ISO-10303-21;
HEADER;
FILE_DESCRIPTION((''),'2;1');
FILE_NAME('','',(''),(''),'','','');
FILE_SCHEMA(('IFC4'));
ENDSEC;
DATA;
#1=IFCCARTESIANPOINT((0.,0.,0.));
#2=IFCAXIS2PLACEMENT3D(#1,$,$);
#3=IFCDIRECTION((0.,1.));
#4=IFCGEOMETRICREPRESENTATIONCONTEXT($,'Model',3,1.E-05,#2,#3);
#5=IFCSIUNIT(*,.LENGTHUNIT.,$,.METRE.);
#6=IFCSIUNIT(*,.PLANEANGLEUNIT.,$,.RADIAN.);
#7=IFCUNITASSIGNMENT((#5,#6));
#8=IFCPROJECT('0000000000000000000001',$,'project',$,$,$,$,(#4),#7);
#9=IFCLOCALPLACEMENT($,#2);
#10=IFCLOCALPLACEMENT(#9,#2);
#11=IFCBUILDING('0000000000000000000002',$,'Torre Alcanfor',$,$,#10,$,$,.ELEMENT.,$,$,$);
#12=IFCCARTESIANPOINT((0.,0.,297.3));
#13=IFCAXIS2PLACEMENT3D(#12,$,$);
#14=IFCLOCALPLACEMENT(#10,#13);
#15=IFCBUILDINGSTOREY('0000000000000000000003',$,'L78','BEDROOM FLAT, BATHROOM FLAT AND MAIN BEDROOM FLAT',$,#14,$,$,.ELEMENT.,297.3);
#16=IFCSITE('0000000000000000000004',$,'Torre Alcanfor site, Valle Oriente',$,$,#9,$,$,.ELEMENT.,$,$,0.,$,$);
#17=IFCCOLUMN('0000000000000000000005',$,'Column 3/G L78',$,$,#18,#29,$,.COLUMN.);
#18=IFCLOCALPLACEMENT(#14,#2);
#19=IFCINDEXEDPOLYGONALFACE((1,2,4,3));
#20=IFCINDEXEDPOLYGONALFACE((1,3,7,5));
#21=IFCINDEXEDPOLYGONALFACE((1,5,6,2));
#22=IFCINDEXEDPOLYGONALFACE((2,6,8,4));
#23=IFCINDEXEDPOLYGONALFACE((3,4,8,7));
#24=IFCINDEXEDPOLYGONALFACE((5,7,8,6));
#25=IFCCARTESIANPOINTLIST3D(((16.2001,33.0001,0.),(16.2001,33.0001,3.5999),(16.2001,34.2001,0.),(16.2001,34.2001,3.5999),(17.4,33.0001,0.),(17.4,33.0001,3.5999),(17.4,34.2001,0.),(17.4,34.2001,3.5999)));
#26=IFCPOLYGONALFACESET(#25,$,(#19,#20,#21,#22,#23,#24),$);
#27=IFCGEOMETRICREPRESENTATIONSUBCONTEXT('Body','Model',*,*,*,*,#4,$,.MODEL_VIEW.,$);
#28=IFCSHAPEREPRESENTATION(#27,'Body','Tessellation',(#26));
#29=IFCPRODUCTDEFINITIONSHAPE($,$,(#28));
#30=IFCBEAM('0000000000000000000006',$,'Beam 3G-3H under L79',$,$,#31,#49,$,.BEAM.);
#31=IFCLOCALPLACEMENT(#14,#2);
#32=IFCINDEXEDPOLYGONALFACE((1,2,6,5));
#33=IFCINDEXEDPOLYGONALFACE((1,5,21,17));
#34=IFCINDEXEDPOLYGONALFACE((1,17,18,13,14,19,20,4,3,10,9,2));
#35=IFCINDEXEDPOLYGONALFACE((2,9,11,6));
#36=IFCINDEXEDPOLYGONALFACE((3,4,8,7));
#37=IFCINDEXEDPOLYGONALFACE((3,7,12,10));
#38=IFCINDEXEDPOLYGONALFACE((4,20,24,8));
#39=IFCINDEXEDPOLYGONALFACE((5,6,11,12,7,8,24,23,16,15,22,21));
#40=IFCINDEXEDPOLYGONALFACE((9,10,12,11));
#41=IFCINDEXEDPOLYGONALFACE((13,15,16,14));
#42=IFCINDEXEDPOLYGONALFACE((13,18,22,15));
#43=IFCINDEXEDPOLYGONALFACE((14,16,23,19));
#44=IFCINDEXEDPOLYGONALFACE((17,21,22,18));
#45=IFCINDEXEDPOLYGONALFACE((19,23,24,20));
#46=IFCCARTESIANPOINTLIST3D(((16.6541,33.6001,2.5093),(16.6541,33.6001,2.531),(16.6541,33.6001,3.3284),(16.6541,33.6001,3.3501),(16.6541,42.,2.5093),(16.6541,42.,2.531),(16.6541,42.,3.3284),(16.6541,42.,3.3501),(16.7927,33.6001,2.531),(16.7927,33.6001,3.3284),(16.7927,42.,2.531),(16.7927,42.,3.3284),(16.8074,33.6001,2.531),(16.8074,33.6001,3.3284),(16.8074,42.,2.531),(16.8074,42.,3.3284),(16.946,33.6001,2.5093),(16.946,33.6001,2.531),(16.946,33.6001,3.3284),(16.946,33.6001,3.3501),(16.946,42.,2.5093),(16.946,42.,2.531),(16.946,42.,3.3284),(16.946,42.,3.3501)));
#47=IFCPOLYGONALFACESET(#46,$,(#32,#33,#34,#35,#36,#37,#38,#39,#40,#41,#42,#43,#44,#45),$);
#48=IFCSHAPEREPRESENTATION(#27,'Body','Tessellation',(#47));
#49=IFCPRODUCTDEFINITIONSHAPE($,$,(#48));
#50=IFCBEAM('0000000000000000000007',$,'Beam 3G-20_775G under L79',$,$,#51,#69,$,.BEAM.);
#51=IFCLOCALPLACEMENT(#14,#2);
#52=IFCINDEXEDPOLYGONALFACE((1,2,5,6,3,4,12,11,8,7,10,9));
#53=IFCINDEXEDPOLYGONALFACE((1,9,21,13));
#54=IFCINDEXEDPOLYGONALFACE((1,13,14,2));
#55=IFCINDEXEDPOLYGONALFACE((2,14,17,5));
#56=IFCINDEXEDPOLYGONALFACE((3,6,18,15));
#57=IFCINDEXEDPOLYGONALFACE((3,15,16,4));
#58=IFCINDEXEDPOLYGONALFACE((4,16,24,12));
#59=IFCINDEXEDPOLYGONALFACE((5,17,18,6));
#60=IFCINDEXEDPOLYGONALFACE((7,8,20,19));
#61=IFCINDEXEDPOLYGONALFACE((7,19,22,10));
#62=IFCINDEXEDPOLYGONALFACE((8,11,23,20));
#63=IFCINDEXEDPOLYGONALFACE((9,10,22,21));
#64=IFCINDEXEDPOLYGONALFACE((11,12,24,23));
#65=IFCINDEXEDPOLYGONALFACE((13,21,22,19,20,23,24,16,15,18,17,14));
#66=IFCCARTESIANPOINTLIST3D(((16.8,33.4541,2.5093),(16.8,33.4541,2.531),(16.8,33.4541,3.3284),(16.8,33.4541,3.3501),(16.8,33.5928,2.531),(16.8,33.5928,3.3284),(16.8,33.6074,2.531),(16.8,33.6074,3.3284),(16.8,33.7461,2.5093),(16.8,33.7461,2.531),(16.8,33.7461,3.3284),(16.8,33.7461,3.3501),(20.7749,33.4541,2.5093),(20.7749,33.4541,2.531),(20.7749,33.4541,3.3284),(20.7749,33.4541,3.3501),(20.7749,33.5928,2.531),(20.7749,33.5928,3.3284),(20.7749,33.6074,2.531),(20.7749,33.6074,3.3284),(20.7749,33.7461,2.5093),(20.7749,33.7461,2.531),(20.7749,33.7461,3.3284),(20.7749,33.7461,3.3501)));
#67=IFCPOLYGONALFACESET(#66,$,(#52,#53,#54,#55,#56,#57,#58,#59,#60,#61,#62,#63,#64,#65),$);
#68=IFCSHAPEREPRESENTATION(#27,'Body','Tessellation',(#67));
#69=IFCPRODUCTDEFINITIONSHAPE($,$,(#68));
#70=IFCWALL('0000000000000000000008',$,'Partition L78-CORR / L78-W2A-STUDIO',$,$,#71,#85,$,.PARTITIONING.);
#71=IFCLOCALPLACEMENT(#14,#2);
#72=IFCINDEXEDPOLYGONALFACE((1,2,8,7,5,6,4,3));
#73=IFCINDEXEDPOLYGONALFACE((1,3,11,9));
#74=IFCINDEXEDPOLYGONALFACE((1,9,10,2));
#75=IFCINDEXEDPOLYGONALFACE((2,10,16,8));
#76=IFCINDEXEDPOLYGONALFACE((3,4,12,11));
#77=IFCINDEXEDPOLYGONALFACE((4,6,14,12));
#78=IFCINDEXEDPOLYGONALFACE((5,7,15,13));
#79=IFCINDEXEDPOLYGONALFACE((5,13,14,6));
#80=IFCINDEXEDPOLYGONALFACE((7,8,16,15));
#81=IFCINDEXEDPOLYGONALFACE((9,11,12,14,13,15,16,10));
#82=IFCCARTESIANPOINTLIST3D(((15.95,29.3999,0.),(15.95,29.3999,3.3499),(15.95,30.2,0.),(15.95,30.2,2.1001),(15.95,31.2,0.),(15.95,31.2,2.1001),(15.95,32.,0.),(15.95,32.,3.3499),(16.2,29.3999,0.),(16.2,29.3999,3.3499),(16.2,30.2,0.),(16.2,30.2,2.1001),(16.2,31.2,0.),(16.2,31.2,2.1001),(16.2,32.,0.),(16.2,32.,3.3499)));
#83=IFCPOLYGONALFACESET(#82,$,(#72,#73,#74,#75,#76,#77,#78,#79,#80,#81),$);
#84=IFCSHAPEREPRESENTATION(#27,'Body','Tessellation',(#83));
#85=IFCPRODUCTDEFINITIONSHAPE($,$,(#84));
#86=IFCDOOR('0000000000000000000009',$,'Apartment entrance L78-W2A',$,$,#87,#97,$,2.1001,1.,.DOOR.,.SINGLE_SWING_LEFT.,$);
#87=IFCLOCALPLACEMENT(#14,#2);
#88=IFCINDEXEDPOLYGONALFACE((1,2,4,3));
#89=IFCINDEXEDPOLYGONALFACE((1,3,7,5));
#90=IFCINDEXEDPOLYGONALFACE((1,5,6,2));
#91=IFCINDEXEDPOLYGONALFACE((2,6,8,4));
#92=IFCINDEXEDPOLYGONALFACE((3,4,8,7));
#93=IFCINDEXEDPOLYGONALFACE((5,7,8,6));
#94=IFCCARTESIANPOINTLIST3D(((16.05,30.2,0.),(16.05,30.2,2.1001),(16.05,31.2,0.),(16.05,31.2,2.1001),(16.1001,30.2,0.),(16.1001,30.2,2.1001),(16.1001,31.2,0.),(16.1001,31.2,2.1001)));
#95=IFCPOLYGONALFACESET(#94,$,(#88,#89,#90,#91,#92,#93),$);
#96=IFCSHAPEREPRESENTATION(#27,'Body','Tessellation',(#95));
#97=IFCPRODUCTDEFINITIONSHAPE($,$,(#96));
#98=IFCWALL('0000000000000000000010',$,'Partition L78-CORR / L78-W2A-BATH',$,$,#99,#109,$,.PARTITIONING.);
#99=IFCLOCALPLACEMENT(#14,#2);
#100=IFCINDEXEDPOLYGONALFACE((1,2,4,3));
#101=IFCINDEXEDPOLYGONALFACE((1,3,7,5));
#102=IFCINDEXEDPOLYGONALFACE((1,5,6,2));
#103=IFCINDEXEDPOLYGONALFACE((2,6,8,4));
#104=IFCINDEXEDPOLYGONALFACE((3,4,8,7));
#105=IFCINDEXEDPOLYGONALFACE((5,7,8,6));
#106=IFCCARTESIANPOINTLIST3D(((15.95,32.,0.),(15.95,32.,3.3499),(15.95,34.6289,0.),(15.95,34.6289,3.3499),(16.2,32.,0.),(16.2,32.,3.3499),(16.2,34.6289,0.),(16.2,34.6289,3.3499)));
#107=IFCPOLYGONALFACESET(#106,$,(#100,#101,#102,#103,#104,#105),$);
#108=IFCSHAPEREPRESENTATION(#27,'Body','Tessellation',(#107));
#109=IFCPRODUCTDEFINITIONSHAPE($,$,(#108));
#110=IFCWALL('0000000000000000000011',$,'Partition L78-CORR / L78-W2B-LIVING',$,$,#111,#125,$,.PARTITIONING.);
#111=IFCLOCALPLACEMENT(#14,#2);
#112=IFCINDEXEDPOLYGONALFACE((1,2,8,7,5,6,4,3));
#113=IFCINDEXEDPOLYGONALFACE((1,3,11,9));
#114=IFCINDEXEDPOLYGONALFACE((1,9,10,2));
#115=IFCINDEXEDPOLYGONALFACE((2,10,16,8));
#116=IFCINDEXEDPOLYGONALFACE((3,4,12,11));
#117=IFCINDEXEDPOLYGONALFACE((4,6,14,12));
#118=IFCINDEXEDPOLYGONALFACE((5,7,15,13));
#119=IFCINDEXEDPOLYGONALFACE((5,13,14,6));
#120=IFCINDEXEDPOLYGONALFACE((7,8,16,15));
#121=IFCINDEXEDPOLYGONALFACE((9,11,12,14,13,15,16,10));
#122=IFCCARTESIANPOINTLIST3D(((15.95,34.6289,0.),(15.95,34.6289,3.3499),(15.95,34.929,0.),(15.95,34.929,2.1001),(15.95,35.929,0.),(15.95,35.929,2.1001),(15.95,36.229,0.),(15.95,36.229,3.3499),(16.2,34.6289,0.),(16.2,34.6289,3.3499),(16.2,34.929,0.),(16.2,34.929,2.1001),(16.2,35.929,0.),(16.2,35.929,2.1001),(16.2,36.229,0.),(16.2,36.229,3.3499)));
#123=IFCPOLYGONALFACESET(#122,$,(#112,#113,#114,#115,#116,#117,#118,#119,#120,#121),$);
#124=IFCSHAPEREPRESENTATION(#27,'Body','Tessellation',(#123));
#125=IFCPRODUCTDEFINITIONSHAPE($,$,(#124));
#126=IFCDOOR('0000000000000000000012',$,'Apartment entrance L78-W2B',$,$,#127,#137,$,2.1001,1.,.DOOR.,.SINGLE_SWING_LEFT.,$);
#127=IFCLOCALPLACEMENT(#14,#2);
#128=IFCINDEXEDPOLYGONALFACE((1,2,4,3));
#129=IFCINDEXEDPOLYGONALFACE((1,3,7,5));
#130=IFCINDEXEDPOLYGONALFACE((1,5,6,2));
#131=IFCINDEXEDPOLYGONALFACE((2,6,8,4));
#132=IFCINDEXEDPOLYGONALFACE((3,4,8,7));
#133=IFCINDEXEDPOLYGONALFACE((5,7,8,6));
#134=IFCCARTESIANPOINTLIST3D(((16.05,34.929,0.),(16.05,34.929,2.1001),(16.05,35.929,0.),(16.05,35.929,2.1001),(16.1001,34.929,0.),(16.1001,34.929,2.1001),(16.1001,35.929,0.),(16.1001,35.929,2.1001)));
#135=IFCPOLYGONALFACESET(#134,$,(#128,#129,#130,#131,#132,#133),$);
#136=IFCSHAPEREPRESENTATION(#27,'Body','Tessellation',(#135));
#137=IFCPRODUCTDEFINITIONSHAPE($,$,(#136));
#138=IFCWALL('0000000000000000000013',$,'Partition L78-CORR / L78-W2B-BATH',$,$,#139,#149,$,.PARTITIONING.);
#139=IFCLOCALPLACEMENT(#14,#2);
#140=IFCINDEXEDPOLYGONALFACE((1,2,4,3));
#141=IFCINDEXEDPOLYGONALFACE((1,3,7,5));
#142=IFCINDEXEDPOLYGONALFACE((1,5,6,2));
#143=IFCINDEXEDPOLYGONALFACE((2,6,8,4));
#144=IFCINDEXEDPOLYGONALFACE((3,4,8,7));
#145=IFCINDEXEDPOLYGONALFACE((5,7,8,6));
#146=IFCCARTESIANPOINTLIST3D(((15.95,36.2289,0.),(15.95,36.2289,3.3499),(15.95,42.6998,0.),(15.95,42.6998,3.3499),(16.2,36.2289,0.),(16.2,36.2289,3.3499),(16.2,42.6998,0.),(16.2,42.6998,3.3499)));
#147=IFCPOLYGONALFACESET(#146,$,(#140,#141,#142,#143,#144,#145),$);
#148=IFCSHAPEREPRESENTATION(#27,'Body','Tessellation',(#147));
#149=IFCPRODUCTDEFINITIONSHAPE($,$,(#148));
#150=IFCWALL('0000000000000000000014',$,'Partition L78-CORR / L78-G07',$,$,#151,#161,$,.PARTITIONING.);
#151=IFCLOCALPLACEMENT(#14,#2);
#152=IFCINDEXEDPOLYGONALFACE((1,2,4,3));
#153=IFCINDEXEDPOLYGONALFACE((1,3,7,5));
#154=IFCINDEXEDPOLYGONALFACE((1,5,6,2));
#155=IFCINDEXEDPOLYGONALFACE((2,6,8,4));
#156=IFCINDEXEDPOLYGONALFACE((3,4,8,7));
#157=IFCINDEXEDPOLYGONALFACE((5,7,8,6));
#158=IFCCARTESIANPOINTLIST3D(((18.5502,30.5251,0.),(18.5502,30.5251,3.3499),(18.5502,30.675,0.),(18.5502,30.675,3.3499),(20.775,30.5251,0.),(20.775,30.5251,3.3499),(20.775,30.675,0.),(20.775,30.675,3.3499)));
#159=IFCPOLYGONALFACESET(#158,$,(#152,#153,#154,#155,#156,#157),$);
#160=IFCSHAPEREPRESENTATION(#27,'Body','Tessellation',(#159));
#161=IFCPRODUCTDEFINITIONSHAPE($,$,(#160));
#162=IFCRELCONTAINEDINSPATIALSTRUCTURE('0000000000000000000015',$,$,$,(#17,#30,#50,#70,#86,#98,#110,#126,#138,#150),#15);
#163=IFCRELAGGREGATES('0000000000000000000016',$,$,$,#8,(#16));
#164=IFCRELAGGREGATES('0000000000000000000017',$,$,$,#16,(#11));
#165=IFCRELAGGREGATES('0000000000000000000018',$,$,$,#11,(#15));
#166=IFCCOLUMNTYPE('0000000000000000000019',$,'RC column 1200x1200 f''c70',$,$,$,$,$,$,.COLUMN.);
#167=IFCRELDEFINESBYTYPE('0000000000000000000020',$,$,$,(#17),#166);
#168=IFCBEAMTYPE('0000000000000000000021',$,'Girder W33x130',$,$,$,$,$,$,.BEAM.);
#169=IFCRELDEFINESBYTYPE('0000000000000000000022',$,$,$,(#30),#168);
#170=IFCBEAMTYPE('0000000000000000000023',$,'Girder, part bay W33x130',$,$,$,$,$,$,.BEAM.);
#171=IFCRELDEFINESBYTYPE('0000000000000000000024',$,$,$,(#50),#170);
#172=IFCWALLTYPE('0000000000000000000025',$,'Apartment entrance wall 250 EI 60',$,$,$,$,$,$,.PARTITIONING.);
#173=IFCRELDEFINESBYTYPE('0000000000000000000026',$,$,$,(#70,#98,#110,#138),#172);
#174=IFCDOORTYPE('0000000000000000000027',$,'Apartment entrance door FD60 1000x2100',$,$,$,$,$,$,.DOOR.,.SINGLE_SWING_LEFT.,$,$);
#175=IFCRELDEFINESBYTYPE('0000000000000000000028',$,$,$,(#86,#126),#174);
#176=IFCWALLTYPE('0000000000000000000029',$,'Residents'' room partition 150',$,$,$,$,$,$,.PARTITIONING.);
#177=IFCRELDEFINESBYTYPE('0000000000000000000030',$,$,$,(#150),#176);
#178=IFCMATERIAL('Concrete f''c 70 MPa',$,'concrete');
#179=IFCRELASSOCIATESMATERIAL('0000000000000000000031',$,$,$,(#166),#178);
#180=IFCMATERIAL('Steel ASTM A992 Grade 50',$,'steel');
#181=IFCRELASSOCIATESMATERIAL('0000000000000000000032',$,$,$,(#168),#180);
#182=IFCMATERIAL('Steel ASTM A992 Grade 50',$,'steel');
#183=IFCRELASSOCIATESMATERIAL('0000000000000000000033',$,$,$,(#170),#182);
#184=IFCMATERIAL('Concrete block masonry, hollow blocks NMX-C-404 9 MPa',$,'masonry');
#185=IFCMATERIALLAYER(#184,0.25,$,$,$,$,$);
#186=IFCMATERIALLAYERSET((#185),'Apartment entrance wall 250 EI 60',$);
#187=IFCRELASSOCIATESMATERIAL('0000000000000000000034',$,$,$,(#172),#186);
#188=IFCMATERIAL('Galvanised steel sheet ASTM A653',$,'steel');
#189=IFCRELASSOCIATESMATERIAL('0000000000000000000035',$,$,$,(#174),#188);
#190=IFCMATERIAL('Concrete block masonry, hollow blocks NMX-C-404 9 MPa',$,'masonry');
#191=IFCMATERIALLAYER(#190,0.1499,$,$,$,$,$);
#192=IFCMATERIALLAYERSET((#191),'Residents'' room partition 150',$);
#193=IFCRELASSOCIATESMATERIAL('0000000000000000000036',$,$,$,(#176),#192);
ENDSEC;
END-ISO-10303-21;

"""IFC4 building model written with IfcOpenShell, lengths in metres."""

from ifc_helpers import new_model, si_unit, direction, frame, frame_2d, origin, origin_2d, place, context, subcontext, project, spatial, rectangle, i_section, extrude, material, layer, layer_set, material_profile, profile_set, type_object, element, fill, save


model = new_model("IFC4")

# Units and contexts
model_context = context("Model", 3, precision=1e-05, world=origin(), true_north=direction((0.0, 1.0)))
body_context = subcontext(model_context, "Body", "Model", "MODEL_VIEW")
ifc_project = project(units=[si_unit("LENGTHUNIT", "METRE"), si_unit("PLANEANGLEUNIT", "RADIAN")], contexts=[model_context])

# Site, building, storey
site_placement = place(None, origin())
site = spatial("IfcSite", under=ifc_project, at=site_placement, Name="Torre Alcanfor site, Valle Oriente", CompositionType="ELEMENT", RefElevation=0.0)
building_placement = place(site_placement, origin())
building = spatial("IfcBuilding", under=site, at=building_placement, Name="Torre Alcanfor", CompositionType="ELEMENT")
storey_placement = place(building_placement, frame((0.0, 0.0, 297.3)))
storey = spatial("IfcBuildingStorey", under=building, at=storey_placement, Name="L78", Description="BEDROOM FLAT, BATHROOM FLAT AND MAIN BEDROOM FLAT", CompositionType="ELEMENT", Elevation=297.3)

# Column
ifc_material_1 = material(Name="Concrete f'c 70 MPa", Category="concrete")
ifc_material_profile_1 = material_profile(ifc_material_1, rectangle(XDim=1.2, YDim=1.2, at=origin_2d()), Name="1200x1200")
ifc_profile_set_1 = profile_set([ifc_material_profile_1], Name="Concrete f'c 70 MPa")
column_type = type_object("IfcColumnType", Name="RC column 1200x1200 f'c70", PredefinedType="COLUMN", material=ifc_profile_set_1)
column_placement = place(storey_placement, frame((16.8, 33.6001, 0.0), z_axis=(0.0, 0.0, 1.0), x_axis=(1.0, 0.0, 0.0)))
element("IfcColumn", 1, at=column_placement, inside=storey, type_object=column_type, Name="Column 3/G L78", PredefinedType="COLUMN", context=body_context, shape_type="SweptSolid", body=[
    extrude(rectangle(XDim=1.2, YDim=1.2, at=origin_2d()), origin(), (0.0, 0.0, 1.0), 3.5999),
])

# Beams
ifc_material_2 = material(Name="Steel ASTM A992 Grade 50", Category="steel")
ifc_material_profile_2 = material_profile(ifc_material_2, i_section(OverallWidth=0.292, OverallDepth=0.8408, WebThickness=0.0146, FlangeThickness=0.0217, at=origin_2d()), Name="W33x130")
ifc_profile_set_2 = profile_set([ifc_material_profile_2], Name="Steel ASTM A992 Grade 50")
beam_type_1 = type_object("IfcBeamType", Name="Girder W33x130", PredefinedType="BEAM", material=ifc_profile_set_2)
beam_1_placement = place(storey_placement, frame((16.8, 33.6001, 2.9297), z_axis=(0.0, 1.0, 0.0), x_axis=(-1.0, 0.0, 0.0)))
element("IfcBeam", 2, at=beam_1_placement, inside=storey, type_object=beam_type_1, Name="Beam 3G-3H under L79", PredefinedType="BEAM", context=body_context, shape_type="SweptSolid", body=[
    extrude(i_section(OverallWidth=0.292, OverallDepth=0.8408, WebThickness=0.0146, FlangeThickness=0.0217, at=origin_2d()), origin(), (0.0, 0.0, 1.0), 8.3999),
])
ifc_material_3 = material(Name="Steel ASTM A992 Grade 50", Category="steel")
ifc_material_profile_3 = material_profile(ifc_material_3, i_section(OverallWidth=0.292, OverallDepth=0.8408, WebThickness=0.0146, FlangeThickness=0.0217, at=origin_2d()), Name="W33x130")
ifc_profile_set_3 = profile_set([ifc_material_profile_3], Name="Steel ASTM A992 Grade 50")
beam_type_2 = type_object("IfcBeamType", Name="Girder, part bay W33x130", PredefinedType="BEAM", material=ifc_profile_set_3)
beam_2_placement = place(storey_placement, frame((16.8, 33.6001, 2.9297), z_axis=(1.0, 0.0, 0.0), x_axis=(0.0, 1.0, 0.0)))
element("IfcBeam", 3, at=beam_2_placement, inside=storey, type_object=beam_type_2, Name="Beam 3G-20_775G under L79", PredefinedType="BEAM", context=body_context, shape_type="SweptSolid", body=[
    extrude(i_section(OverallWidth=0.292, OverallDepth=0.8408, WebThickness=0.0146, FlangeThickness=0.0217, at=origin_2d()), origin(), (0.0, 0.0, 1.0), 3.9749),
])

# Wall, opening, door
ifc_material_4 = material(Name="Concrete block masonry, hollow blocks NMX-C-404 9 MPa", Category="masonry")
ifc_layer_1 = layer(ifc_material_4, 0.25)
ifc_layer_set_1 = layer_set([ifc_layer_1], Name="Apartment entrance wall 250 EI 60")
wall_type_1 = type_object("IfcWallType", Name="Apartment entrance wall 250 EI 60", PredefinedType="PARTITIONING", material=ifc_layer_set_1)
wall_1_placement = place(storey_placement, frame((16.075, 29.3999, 0.0), z_axis=(0.0, 0.0, 1.0), x_axis=(0.0, 1.0, 0.0)))
wall_1 = element("IfcWall", 4, at=wall_1_placement, inside=storey, type_object=wall_type_1, Name="Partition L78-CORR / L78-W2A-STUDIO", PredefinedType="PARTITIONING", context=body_context, shape_type="SweptSolid", body=[
    extrude(rectangle(XDim=2.6001, YDim=0.25, at=frame_2d((1.3, 0.0))), origin(), (0.0, 0.0, 1.0), 3.3499),
])
opening_1_placement = place(wall_1_placement, frame((0.8, 0.0, 0.0)))
opening_1 = element("IfcOpeningElement", 5, at=opening_1_placement, cuts=wall_1, PredefinedType="OPENING", context=body_context, shape_type="SweptSolid", body=[
    extrude(rectangle(XDim=1.0, YDim=2.1001, at=frame_2d((0.5, 1.05))), frame((0.0, 0.135, 0.0), z_axis=(0.0, -1.0, 0.0), x_axis=(1.0, 0.0, 0.0)), (0.0, 0.0, 1.0), 0.27),
])
ifc_material_5 = material(Name="Galvanised steel sheet ASTM A653", Category="steel")
door_type_1 = type_object("IfcDoorType", Name="Apartment entrance door FD60 1000x2100", OperationType="SINGLE_SWING_LEFT", PredefinedType="DOOR", material=ifc_material_5)
door_1_placement = place(opening_1_placement, origin())
door_1 = element("IfcDoor", 6, at=door_1_placement, inside=storey, type_object=door_type_1, Name="Apartment entrance L78-W2A", OperationType="SINGLE_SWING_LEFT", OverallHeight=2.1001, OverallWidth=1.0, PredefinedType="DOOR", context=body_context, shape_type="SweptSolid", body=[
    extrude(rectangle(XDim=1.0, YDim=2.1001, at=frame_2d((0.5, 1.05))), frame((0.0, 0.0249, 0.0), z_axis=(0.0, -1.0, 0.0), x_axis=(1.0, 0.0, 0.0)), (0.0, 0.0, 1.0), 0.05),
])
fill(opening_1, door_1)

# Wall
wall_2_placement = place(storey_placement, frame((16.075, 32.0, 0.0), z_axis=(0.0, 0.0, 1.0), x_axis=(0.0, 1.0, 0.0)))
element("IfcWall", 7, at=wall_2_placement, inside=storey, type_object=wall_type_1, Name="Partition L78-CORR / L78-W2A-BATH", PredefinedType="PARTITIONING", context=body_context, shape_type="SweptSolid", body=[
    extrude(rectangle(XDim=2.6289, YDim=0.25, at=frame_2d((1.3145, 0.0))), origin(), (0.0, 0.0, 1.0), 3.3499),
])

# Wall, opening, door
wall_3_placement = place(storey_placement, frame((16.075, 34.6289, 0.0), z_axis=(0.0, 0.0, 1.0), x_axis=(0.0, 1.0, 0.0)))
wall_3 = element("IfcWall", 8, at=wall_3_placement, inside=storey, type_object=wall_type_1, Name="Partition L78-CORR / L78-W2B-LIVING", PredefinedType="PARTITIONING", context=body_context, shape_type="SweptSolid", body=[
    extrude(rectangle(XDim=1.6001, YDim=0.25, at=frame_2d((0.8, 0.0))), origin(), (0.0, 0.0, 1.0), 3.3499),
])
opening_2_placement = place(wall_3_placement, frame((0.3, 0.0, 0.0)))
opening_2 = element("IfcOpeningElement", 9, at=opening_2_placement, cuts=wall_3, PredefinedType="OPENING", context=body_context, shape_type="SweptSolid", body=[
    extrude(rectangle(XDim=1.0, YDim=2.1001, at=frame_2d((0.5, 1.05))), frame((0.0, 0.135, 0.0), z_axis=(0.0, -1.0, 0.0), x_axis=(1.0, 0.0, 0.0)), (0.0, 0.0, 1.0), 0.27),
])
door_2_placement = place(opening_2_placement, origin())
door_2 = element("IfcDoor", 10, at=door_2_placement, inside=storey, type_object=door_type_1, Name="Apartment entrance L78-W2B", OperationType="SINGLE_SWING_LEFT", OverallHeight=2.1001, OverallWidth=1.0, PredefinedType="DOOR", context=body_context, shape_type="SweptSolid", body=[
    extrude(rectangle(XDim=1.0, YDim=2.1001, at=frame_2d((0.5, 1.05))), frame((0.0, 0.0249, 0.0), z_axis=(0.0, -1.0, 0.0), x_axis=(1.0, 0.0, 0.0)), (0.0, 0.0, 1.0), 0.05),
])
fill(opening_2, door_2)

# Walls
wall_4_placement = place(storey_placement, frame((16.075, 36.229, 0.0), z_axis=(0.0, 0.0, 1.0), x_axis=(0.0, 1.0, 0.0)))
element("IfcWall", 11, at=wall_4_placement, inside=storey, type_object=wall_type_1, Name="Partition L78-CORR / L78-W2B-BATH", PredefinedType="PARTITIONING", context=body_context, shape_type="SweptSolid", body=[
    extrude(rectangle(XDim=6.4709, YDim=0.25, at=frame_2d((3.2354, 0.0))), origin(), (0.0, 0.0, 1.0), 3.3499),
])
ifc_material_6 = material(Name="Concrete block masonry, hollow blocks NMX-C-404 9 MPa", Category="masonry")
ifc_layer_2 = layer(ifc_material_6, 0.1499)
ifc_layer_set_2 = layer_set([ifc_layer_2], Name="Residents' room partition 150")
wall_type_2 = type_object("IfcWallType", Name="Residents' room partition 150", PredefinedType="PARTITIONING", material=ifc_layer_set_2)
wall_5_placement = place(storey_placement, frame((20.7749, 30.6001, 0.0), z_axis=(0.0, 0.0, 1.0), x_axis=(-1.0, 0.0, 0.0)))
element("IfcWall", 12, at=wall_5_placement, inside=storey, type_object=wall_type_2, Name="Partition L78-CORR / L78-G07", PredefinedType="PARTITIONING", context=body_context, shape_type="SweptSolid", body=[
    extrude(rectangle(XDim=2.2249, YDim=0.1499, at=frame_2d((1.1123, 0.0))), origin(), (0.0, 0.0, 1.0), 3.3499),
])

save(model, "model.ifc")
